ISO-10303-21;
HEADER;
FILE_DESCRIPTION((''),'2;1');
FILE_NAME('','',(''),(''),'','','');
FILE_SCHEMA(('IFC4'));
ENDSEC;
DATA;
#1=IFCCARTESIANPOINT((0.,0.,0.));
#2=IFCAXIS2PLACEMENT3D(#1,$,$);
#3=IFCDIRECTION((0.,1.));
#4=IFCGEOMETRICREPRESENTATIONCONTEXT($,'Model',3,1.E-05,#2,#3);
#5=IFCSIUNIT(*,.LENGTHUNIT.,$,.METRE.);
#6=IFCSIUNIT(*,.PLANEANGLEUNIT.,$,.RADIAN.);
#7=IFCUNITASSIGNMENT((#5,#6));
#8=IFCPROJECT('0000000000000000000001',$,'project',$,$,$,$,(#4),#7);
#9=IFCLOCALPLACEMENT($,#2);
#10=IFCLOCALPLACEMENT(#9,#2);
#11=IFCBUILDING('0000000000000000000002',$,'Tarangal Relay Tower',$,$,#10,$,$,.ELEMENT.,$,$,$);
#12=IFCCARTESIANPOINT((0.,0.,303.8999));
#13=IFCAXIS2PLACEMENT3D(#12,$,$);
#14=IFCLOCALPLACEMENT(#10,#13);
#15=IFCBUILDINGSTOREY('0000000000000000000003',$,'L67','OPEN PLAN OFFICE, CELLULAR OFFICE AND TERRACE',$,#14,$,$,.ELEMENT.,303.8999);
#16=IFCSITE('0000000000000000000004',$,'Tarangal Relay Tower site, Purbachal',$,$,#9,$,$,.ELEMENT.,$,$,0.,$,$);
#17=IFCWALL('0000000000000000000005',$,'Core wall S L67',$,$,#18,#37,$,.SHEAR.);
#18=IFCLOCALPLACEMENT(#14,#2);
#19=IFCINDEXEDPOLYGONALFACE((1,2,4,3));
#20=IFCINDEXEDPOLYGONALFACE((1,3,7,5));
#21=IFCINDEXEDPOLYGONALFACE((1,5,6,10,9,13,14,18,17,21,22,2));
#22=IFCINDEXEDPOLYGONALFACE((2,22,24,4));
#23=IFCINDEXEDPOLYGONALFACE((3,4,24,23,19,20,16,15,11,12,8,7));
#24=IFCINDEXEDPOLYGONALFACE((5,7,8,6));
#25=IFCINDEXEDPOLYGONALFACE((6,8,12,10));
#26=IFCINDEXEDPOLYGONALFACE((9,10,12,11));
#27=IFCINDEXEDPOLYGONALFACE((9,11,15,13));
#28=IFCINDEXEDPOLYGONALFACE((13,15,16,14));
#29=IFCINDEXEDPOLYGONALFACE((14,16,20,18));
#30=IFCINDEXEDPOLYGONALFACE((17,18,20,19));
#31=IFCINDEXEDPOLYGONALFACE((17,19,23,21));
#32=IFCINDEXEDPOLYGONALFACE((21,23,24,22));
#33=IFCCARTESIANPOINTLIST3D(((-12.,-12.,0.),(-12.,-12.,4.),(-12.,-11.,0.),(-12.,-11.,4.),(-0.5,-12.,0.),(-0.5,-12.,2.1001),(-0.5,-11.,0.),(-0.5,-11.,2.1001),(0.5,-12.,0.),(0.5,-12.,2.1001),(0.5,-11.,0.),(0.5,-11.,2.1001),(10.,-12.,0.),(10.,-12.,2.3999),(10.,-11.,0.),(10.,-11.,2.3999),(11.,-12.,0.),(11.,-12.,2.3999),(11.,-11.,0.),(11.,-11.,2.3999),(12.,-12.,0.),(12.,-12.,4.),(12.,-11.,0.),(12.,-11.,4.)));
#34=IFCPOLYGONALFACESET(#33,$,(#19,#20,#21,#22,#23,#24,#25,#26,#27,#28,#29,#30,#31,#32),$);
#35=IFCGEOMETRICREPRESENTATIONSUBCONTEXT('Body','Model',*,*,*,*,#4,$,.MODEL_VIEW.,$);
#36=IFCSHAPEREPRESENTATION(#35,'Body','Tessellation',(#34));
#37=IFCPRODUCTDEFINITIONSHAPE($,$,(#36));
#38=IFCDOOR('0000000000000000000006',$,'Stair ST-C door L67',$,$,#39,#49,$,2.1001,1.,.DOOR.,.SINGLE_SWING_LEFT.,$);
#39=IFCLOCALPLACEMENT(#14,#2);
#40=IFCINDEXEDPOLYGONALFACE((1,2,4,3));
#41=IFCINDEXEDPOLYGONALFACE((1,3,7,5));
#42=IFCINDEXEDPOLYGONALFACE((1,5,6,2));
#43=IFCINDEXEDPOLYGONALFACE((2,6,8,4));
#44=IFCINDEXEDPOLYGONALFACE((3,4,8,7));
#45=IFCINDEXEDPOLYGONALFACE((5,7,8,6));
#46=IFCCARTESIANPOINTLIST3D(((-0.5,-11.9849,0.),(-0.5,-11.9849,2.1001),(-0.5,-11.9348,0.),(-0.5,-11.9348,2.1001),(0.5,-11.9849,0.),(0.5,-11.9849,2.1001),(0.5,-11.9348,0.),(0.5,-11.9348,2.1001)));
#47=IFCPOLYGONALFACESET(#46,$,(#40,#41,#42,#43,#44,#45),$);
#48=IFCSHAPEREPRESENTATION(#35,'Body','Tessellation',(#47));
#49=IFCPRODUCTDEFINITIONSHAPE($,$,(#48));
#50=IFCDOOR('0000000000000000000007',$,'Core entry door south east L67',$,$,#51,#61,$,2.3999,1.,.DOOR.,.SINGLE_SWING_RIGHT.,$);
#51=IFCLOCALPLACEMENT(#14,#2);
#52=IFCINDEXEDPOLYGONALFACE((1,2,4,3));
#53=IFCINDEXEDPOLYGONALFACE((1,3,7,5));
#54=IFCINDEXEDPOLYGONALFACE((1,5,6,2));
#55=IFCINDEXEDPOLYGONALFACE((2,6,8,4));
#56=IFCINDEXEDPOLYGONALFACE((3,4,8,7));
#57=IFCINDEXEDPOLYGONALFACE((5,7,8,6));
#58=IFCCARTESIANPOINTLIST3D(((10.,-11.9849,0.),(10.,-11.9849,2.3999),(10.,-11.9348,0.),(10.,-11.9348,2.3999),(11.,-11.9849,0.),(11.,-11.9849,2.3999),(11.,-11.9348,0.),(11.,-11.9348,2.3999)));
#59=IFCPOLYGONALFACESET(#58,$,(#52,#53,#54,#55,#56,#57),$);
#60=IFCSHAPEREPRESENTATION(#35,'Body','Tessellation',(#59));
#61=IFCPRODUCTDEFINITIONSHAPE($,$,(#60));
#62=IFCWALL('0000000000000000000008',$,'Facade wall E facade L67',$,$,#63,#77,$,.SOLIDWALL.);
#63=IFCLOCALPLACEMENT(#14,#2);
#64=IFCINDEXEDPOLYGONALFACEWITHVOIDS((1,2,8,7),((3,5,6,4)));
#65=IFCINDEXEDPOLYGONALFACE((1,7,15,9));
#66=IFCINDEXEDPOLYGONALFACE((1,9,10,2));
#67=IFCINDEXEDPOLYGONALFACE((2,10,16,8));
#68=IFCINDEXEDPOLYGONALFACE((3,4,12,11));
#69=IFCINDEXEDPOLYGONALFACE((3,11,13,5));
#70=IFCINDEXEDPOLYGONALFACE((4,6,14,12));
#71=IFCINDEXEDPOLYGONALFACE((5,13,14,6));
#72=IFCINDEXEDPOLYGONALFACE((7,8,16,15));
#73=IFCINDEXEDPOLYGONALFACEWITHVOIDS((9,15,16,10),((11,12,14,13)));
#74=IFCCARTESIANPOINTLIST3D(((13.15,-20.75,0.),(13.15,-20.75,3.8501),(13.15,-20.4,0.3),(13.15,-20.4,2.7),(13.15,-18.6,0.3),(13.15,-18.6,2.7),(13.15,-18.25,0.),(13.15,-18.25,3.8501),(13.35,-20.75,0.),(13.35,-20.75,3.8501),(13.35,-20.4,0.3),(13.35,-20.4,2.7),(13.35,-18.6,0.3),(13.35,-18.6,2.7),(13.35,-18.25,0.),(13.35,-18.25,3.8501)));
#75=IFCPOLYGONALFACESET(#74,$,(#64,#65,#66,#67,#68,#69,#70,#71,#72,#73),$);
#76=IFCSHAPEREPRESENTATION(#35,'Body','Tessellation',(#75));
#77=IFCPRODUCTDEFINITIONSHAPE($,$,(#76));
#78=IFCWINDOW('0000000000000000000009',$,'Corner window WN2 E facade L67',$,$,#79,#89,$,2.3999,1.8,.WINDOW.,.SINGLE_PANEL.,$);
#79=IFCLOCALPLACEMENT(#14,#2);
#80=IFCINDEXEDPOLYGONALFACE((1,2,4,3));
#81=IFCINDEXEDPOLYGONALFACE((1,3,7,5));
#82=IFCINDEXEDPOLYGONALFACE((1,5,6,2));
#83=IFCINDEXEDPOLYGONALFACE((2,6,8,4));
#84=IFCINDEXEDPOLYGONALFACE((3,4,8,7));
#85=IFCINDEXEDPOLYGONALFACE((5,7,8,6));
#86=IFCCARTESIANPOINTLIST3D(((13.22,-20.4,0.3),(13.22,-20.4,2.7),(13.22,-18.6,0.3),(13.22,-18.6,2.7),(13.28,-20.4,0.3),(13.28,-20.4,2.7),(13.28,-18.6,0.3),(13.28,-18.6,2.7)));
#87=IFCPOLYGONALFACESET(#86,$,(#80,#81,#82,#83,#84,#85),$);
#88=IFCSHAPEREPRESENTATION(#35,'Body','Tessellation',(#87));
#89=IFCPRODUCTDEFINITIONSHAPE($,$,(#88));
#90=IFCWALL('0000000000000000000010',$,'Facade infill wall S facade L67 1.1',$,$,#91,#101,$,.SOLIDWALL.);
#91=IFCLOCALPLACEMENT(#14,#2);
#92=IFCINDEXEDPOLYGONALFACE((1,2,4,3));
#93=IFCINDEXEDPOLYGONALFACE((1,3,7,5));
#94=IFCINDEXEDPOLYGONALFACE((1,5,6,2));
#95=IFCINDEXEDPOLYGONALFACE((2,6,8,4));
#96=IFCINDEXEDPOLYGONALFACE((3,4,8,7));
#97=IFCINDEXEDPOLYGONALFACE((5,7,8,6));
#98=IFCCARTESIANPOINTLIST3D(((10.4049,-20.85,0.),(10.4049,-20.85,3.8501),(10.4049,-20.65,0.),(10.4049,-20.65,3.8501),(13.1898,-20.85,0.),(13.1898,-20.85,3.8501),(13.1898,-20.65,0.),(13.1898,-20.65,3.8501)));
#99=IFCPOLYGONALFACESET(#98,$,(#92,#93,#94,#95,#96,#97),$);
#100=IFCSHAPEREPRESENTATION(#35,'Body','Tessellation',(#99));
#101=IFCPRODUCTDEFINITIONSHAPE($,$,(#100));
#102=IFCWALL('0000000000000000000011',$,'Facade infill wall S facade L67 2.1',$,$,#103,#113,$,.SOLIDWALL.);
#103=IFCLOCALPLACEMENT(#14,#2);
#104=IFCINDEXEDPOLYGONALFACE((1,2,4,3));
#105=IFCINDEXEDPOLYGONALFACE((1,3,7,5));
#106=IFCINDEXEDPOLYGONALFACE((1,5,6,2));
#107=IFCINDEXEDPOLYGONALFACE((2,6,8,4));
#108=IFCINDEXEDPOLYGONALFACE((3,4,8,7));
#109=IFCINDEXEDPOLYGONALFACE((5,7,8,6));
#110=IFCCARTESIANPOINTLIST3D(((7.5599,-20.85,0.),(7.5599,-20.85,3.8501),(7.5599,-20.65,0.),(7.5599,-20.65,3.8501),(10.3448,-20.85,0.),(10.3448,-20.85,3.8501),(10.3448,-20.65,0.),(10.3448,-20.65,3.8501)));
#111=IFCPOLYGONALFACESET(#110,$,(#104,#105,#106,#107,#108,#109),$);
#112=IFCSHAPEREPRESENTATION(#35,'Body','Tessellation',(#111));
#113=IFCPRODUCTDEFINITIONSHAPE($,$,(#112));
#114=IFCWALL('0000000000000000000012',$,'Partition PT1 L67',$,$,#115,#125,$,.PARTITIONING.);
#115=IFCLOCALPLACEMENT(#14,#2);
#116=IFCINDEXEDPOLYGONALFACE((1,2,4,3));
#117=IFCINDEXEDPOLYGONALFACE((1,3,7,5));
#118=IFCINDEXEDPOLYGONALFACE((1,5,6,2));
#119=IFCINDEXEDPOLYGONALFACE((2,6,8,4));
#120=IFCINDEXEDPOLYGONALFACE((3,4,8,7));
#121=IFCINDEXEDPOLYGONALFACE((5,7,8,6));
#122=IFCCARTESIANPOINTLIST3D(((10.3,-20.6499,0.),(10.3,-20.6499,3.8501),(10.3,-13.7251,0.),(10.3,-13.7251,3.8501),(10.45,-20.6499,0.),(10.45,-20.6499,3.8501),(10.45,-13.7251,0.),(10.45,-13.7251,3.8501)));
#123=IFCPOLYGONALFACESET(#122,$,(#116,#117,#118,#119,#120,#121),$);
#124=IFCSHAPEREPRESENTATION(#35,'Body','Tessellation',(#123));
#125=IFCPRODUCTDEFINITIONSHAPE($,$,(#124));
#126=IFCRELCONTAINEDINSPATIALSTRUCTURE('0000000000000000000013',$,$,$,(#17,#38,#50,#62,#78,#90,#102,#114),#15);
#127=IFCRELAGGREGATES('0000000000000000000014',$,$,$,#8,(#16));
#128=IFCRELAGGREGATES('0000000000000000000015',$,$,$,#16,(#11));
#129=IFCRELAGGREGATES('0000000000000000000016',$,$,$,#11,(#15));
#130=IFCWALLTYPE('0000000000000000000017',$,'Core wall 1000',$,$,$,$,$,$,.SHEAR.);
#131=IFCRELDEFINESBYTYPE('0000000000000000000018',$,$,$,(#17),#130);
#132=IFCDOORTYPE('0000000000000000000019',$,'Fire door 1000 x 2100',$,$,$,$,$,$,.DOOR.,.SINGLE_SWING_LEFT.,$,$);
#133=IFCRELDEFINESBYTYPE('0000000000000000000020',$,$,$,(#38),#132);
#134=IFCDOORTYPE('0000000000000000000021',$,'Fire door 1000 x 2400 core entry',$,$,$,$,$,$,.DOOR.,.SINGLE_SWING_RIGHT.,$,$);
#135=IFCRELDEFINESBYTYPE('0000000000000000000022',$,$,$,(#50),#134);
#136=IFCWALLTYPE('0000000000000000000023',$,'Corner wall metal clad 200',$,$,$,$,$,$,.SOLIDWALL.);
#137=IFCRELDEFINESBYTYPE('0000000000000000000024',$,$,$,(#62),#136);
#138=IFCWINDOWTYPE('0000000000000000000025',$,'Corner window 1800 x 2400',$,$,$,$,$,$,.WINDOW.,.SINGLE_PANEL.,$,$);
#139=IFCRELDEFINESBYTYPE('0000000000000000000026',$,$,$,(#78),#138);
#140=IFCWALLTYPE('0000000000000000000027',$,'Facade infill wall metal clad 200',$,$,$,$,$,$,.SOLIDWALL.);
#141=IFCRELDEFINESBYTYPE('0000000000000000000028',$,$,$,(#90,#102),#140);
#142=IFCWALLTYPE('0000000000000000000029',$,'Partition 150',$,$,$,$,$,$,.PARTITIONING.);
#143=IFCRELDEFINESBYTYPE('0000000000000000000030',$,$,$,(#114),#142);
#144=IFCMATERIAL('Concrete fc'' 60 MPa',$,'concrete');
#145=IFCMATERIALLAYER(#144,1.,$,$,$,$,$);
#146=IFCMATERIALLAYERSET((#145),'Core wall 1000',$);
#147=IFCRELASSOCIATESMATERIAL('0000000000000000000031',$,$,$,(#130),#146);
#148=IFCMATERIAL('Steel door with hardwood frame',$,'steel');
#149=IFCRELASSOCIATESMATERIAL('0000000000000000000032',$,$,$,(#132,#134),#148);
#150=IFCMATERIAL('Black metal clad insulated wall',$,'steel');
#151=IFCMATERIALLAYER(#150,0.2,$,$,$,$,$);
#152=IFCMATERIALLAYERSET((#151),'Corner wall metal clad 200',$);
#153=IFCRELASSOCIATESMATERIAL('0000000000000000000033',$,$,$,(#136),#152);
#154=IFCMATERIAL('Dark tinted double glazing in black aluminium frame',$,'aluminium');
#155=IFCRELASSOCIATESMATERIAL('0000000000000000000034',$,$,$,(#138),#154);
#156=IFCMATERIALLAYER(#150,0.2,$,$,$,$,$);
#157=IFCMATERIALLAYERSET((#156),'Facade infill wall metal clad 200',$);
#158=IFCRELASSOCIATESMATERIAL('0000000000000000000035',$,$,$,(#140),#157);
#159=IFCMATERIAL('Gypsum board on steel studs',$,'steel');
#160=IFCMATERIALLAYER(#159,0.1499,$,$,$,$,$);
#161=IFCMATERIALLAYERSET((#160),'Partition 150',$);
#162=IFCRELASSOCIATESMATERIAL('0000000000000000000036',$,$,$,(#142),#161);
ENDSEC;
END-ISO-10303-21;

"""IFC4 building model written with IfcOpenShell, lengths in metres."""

from ifc_helpers import new_model, si_unit, direction, frame, frame_2d, origin, place, context, subcontext, project, spatial, rectangle, extrude, material, layer, layer_set, type_object, element, fill, save


model = new_model("IFC4")

# Units and contexts
model_context = context("Model", 3, precision=1e-05, world=origin(), true_north=direction((0.0, 1.0)))
body_context = subcontext(model_context, "Body", "Model", "MODEL_VIEW")
ifc_project = project(units=[si_unit("LENGTHUNIT", "METRE"), si_unit("PLANEANGLEUNIT", "RADIAN")], contexts=[model_context])

# Site, building, storey
site_placement = place(None, origin())
site = spatial("IfcSite", under=ifc_project, at=site_placement, Name="Tarangal Relay Tower site, Purbachal", CompositionType="ELEMENT", RefElevation=0.0)
building_placement = place(site_placement, origin())
building = spatial("IfcBuilding", under=site, at=building_placement, Name="Tarangal Relay Tower", CompositionType="ELEMENT")
storey_placement = place(building_placement, frame((0.0, 0.0, 303.8999)))
storey = spatial("IfcBuildingStorey", under=building, at=storey_placement, Name="L67", Description="OPEN PLAN OFFICE, CELLULAR OFFICE AND TERRACE", CompositionType="ELEMENT", Elevation=303.8999)

# Wall, openings, doors
ifc_material_1 = material(Name="Concrete fc' 60 MPa", Category="concrete")
ifc_layer_1 = layer(ifc_material_1, 1.0)
ifc_layer_set_1 = layer_set([ifc_layer_1], Name="Core wall 1000")
wall_type_1 = type_object("IfcWallType", Name="Core wall 1000", PredefinedType="SHEAR", material=ifc_layer_set_1)
wall_1_placement = place(storey_placement, frame((12.0, -11.5, 0.0), z_axis=(0.0, 0.0, 1.0), x_axis=(-1.0, 0.0, 0.0)))
wall_1 = element("IfcWall", 1, at=wall_1_placement, inside=storey, type_object=wall_type_1, Name="Core wall S L67", PredefinedType="SHEAR", context=body_context, shape_type="SweptSolid", body=[
    extrude(rectangle(XDim=24.0, YDim=1.0, at=frame_2d((12.0, 0.0))), origin(), (0.0, 0.0, 1.0), 4.0),
])
opening_1_placement = place(wall_1_placement, frame((11.5, 0.0, 0.0)))
opening_1 = element("IfcOpeningElement", 2, at=opening_1_placement, cuts=wall_1, PredefinedType="OPENING", context=body_context, shape_type="SweptSolid", body=[
    extrude(rectangle(XDim=1.0, YDim=2.1001, at=frame_2d((0.5, 1.05))), frame((0.0, 0.51, 0.0), z_axis=(0.0, -1.0, 0.0), x_axis=(1.0, 0.0, 0.0)), (0.0, 0.0, 1.0), 1.02),
])
opening_2_placement = place(wall_1_placement, frame((1.0, 0.0, 0.0)))
opening_2 = element("IfcOpeningElement", 3, at=opening_2_placement, cuts=wall_1, PredefinedType="OPENING", context=body_context, shape_type="SweptSolid", body=[
    extrude(rectangle(XDim=1.0, YDim=2.3999, at=frame_2d((0.5, 1.2))), frame((0.0, 0.51, 0.0), z_axis=(0.0, -1.0, 0.0), x_axis=(1.0, 0.0, 0.0)), (0.0, 0.0, 1.0), 1.02),
])
ifc_material_2 = material(Name="Steel door with hardwood frame", Category="steel")
door_type_1 = type_object("IfcDoorType", Name="Fire door 1000 x 2100", OperationType="SINGLE_SWING_LEFT", PredefinedType="DOOR", material=ifc_material_2)
door_1_placement = place(opening_1_placement, origin())
door_1 = element("IfcDoor", 4, at=door_1_placement, inside=storey, type_object=door_type_1, Name="Stair ST-C door L67", OperationType="SINGLE_SWING_LEFT", OverallHeight=2.1001, OverallWidth=1.0, PredefinedType="DOOR", context=body_context, shape_type="SweptSolid", body=[
    extrude(rectangle(XDim=1.0, YDim=2.1001, at=frame_2d((0.5, 1.05))), frame((0.0, 0.4849, 0.0), z_axis=(0.0, -1.0, 0.0), x_axis=(1.0, 0.0, 0.0)), (0.0, 0.0, 1.0), 0.05),
])
fill(opening_1, door_1)
door_type_2 = type_object("IfcDoorType", Name="Fire door 1000 x 2400 core entry", OperationType="SINGLE_SWING_RIGHT", PredefinedType="DOOR", material=ifc_material_2)
door_2_placement = place(opening_2_placement, origin())
door_2 = element("IfcDoor", 5, at=door_2_placement, inside=storey, type_object=door_type_2, Name="Core entry door south east L67", OperationType="SINGLE_SWING_RIGHT", OverallHeight=2.3999, OverallWidth=1.0, PredefinedType="DOOR", context=body_context, shape_type="SweptSolid", body=[
    extrude(rectangle(XDim=1.0, YDim=2.3999, at=frame_2d((0.5, 1.2))), frame((0.0, 0.4849, 0.0), z_axis=(0.0, -1.0, 0.0), x_axis=(1.0, 0.0, 0.0)), (0.0, 0.0, 1.0), 0.05),
])
fill(opening_2, door_2)

# Wall, opening, window
ifc_material_3 = material(Name="Black metal clad insulated wall", Category="steel")
ifc_layer_2 = layer(ifc_material_3, 0.2)
ifc_layer_set_2 = layer_set([ifc_layer_2], Name="Corner wall metal clad 200")
wall_type_2 = type_object("IfcWallType", Name="Corner wall metal clad 200", PredefinedType="SOLIDWALL", material=ifc_layer_set_2)
wall_2_placement = place(storey_placement, frame((13.25, -18.25, 0.0), z_axis=(0.0, 0.0, 1.0), x_axis=(0.0, -1.0, 0.0)))
wall_2 = element("IfcWall", 6, at=wall_2_placement, inside=storey, type_object=wall_type_2, Name="Facade wall E facade L67", PredefinedType="SOLIDWALL", context=body_context, shape_type="SweptSolid", body=[
    extrude(rectangle(XDim=2.5, YDim=0.2, at=frame_2d((1.25, 0.0))), origin(), (0.0, 0.0, 1.0), 3.8501),
])
opening_3_placement = place(wall_2_placement, frame((0.3501, 0.0, 0.3)))
opening_3 = element("IfcOpeningElement", 7, at=opening_3_placement, cuts=wall_2, PredefinedType="OPENING", context=body_context, shape_type="SweptSolid", body=[
    extrude(rectangle(XDim=1.8, YDim=2.3999, at=frame_2d((0.8999, 1.2))), frame((0.0, 0.1099, 0.0), z_axis=(0.0, -1.0, 0.0), x_axis=(1.0, 0.0, 0.0)), (0.0, 0.0, 1.0), 0.22),
])
ifc_material_4 = material(Name="Dark tinted double glazing in black aluminium frame", Category="aluminium")
window_type = type_object("IfcWindowType", Name="Corner window 1800 x 2400", PartitioningType="SINGLE_PANEL", PredefinedType="WINDOW", material=ifc_material_4)
window_placement = place(opening_3_placement, origin())
window = element("IfcWindow", 8, at=window_placement, inside=storey, type_object=window_type, Name="Corner window WN2 E facade L67", OverallHeight=2.3999, OverallWidth=1.8, PartitioningType="SINGLE_PANEL", PredefinedType="WINDOW", context=body_context, shape_type="SweptSolid", body=[
    extrude(rectangle(XDim=1.8, YDim=2.3999, at=frame_2d((0.8999, 1.2))), frame((0.0, 0.03, 0.0), z_axis=(0.0, -1.0, 0.0), x_axis=(1.0, 0.0, 0.0)), (0.0, 0.0, 1.0), 0.0601),
])
fill(opening_3, window)

# Walls
ifc_layer_3 = layer(ifc_material_3, 0.2)
ifc_layer_set_3 = layer_set([ifc_layer_3], Name="Facade infill wall metal clad 200")
wall_type_3 = type_object("IfcWallType", Name="Facade infill wall metal clad 200", PredefinedType="SOLIDWALL", material=ifc_layer_set_3)
for number, where, z_axis, x_axis, name in (
    (9, (13.1899, -20.75, 0.0), (0.0, 0.0, 1.0), (-1.0, 0.0, 0.0), "Facade infill wall S facade L67 1.1"),
    (10, (10.345, -20.75, 0.0), (0.0, 0.0, 1.0), (-1.0, 0.0, 0.0), "Facade infill wall S facade L67 2.1"),
):
    element("IfcWall", number, at=place(storey_placement, frame(where, z_axis=z_axis, x_axis=x_axis)), inside=storey, type_object=wall_type_3, Name=name, PredefinedType="SOLIDWALL", context=body_context, shape_type="SweptSolid", body=[
        extrude(rectangle(XDim=2.7849, YDim=0.2, at=frame_2d((1.3926, 0.0))), origin(), (0.0, 0.0, 1.0), 3.8501),
    ])
ifc_material_5 = material(Name="Gypsum board on steel studs", Category="steel")
ifc_layer_4 = layer(ifc_material_5, 0.1499)
ifc_layer_set_4 = layer_set([ifc_layer_4], Name="Partition 150")
wall_type_4 = type_object("IfcWallType", Name="Partition 150", PredefinedType="PARTITIONING", material=ifc_layer_set_4)
wall_3_placement = place(storey_placement, frame((10.375, -20.6499, 0.0), z_axis=(0.0, 0.0, 1.0), x_axis=(0.0, 1.0, 0.0)))
element("IfcWall", 11, at=wall_3_placement, inside=storey, type_object=wall_type_4, Name="Partition PT1 L67", PredefinedType="PARTITIONING", context=body_context, shape_type="SweptSolid", body=[
    extrude(rectangle(XDim=6.9248, YDim=0.1499, at=frame_2d((3.4624, 0.0))), origin(), (0.0, 0.0, 1.0), 3.8501),
])

save(model, "model.ifc")
